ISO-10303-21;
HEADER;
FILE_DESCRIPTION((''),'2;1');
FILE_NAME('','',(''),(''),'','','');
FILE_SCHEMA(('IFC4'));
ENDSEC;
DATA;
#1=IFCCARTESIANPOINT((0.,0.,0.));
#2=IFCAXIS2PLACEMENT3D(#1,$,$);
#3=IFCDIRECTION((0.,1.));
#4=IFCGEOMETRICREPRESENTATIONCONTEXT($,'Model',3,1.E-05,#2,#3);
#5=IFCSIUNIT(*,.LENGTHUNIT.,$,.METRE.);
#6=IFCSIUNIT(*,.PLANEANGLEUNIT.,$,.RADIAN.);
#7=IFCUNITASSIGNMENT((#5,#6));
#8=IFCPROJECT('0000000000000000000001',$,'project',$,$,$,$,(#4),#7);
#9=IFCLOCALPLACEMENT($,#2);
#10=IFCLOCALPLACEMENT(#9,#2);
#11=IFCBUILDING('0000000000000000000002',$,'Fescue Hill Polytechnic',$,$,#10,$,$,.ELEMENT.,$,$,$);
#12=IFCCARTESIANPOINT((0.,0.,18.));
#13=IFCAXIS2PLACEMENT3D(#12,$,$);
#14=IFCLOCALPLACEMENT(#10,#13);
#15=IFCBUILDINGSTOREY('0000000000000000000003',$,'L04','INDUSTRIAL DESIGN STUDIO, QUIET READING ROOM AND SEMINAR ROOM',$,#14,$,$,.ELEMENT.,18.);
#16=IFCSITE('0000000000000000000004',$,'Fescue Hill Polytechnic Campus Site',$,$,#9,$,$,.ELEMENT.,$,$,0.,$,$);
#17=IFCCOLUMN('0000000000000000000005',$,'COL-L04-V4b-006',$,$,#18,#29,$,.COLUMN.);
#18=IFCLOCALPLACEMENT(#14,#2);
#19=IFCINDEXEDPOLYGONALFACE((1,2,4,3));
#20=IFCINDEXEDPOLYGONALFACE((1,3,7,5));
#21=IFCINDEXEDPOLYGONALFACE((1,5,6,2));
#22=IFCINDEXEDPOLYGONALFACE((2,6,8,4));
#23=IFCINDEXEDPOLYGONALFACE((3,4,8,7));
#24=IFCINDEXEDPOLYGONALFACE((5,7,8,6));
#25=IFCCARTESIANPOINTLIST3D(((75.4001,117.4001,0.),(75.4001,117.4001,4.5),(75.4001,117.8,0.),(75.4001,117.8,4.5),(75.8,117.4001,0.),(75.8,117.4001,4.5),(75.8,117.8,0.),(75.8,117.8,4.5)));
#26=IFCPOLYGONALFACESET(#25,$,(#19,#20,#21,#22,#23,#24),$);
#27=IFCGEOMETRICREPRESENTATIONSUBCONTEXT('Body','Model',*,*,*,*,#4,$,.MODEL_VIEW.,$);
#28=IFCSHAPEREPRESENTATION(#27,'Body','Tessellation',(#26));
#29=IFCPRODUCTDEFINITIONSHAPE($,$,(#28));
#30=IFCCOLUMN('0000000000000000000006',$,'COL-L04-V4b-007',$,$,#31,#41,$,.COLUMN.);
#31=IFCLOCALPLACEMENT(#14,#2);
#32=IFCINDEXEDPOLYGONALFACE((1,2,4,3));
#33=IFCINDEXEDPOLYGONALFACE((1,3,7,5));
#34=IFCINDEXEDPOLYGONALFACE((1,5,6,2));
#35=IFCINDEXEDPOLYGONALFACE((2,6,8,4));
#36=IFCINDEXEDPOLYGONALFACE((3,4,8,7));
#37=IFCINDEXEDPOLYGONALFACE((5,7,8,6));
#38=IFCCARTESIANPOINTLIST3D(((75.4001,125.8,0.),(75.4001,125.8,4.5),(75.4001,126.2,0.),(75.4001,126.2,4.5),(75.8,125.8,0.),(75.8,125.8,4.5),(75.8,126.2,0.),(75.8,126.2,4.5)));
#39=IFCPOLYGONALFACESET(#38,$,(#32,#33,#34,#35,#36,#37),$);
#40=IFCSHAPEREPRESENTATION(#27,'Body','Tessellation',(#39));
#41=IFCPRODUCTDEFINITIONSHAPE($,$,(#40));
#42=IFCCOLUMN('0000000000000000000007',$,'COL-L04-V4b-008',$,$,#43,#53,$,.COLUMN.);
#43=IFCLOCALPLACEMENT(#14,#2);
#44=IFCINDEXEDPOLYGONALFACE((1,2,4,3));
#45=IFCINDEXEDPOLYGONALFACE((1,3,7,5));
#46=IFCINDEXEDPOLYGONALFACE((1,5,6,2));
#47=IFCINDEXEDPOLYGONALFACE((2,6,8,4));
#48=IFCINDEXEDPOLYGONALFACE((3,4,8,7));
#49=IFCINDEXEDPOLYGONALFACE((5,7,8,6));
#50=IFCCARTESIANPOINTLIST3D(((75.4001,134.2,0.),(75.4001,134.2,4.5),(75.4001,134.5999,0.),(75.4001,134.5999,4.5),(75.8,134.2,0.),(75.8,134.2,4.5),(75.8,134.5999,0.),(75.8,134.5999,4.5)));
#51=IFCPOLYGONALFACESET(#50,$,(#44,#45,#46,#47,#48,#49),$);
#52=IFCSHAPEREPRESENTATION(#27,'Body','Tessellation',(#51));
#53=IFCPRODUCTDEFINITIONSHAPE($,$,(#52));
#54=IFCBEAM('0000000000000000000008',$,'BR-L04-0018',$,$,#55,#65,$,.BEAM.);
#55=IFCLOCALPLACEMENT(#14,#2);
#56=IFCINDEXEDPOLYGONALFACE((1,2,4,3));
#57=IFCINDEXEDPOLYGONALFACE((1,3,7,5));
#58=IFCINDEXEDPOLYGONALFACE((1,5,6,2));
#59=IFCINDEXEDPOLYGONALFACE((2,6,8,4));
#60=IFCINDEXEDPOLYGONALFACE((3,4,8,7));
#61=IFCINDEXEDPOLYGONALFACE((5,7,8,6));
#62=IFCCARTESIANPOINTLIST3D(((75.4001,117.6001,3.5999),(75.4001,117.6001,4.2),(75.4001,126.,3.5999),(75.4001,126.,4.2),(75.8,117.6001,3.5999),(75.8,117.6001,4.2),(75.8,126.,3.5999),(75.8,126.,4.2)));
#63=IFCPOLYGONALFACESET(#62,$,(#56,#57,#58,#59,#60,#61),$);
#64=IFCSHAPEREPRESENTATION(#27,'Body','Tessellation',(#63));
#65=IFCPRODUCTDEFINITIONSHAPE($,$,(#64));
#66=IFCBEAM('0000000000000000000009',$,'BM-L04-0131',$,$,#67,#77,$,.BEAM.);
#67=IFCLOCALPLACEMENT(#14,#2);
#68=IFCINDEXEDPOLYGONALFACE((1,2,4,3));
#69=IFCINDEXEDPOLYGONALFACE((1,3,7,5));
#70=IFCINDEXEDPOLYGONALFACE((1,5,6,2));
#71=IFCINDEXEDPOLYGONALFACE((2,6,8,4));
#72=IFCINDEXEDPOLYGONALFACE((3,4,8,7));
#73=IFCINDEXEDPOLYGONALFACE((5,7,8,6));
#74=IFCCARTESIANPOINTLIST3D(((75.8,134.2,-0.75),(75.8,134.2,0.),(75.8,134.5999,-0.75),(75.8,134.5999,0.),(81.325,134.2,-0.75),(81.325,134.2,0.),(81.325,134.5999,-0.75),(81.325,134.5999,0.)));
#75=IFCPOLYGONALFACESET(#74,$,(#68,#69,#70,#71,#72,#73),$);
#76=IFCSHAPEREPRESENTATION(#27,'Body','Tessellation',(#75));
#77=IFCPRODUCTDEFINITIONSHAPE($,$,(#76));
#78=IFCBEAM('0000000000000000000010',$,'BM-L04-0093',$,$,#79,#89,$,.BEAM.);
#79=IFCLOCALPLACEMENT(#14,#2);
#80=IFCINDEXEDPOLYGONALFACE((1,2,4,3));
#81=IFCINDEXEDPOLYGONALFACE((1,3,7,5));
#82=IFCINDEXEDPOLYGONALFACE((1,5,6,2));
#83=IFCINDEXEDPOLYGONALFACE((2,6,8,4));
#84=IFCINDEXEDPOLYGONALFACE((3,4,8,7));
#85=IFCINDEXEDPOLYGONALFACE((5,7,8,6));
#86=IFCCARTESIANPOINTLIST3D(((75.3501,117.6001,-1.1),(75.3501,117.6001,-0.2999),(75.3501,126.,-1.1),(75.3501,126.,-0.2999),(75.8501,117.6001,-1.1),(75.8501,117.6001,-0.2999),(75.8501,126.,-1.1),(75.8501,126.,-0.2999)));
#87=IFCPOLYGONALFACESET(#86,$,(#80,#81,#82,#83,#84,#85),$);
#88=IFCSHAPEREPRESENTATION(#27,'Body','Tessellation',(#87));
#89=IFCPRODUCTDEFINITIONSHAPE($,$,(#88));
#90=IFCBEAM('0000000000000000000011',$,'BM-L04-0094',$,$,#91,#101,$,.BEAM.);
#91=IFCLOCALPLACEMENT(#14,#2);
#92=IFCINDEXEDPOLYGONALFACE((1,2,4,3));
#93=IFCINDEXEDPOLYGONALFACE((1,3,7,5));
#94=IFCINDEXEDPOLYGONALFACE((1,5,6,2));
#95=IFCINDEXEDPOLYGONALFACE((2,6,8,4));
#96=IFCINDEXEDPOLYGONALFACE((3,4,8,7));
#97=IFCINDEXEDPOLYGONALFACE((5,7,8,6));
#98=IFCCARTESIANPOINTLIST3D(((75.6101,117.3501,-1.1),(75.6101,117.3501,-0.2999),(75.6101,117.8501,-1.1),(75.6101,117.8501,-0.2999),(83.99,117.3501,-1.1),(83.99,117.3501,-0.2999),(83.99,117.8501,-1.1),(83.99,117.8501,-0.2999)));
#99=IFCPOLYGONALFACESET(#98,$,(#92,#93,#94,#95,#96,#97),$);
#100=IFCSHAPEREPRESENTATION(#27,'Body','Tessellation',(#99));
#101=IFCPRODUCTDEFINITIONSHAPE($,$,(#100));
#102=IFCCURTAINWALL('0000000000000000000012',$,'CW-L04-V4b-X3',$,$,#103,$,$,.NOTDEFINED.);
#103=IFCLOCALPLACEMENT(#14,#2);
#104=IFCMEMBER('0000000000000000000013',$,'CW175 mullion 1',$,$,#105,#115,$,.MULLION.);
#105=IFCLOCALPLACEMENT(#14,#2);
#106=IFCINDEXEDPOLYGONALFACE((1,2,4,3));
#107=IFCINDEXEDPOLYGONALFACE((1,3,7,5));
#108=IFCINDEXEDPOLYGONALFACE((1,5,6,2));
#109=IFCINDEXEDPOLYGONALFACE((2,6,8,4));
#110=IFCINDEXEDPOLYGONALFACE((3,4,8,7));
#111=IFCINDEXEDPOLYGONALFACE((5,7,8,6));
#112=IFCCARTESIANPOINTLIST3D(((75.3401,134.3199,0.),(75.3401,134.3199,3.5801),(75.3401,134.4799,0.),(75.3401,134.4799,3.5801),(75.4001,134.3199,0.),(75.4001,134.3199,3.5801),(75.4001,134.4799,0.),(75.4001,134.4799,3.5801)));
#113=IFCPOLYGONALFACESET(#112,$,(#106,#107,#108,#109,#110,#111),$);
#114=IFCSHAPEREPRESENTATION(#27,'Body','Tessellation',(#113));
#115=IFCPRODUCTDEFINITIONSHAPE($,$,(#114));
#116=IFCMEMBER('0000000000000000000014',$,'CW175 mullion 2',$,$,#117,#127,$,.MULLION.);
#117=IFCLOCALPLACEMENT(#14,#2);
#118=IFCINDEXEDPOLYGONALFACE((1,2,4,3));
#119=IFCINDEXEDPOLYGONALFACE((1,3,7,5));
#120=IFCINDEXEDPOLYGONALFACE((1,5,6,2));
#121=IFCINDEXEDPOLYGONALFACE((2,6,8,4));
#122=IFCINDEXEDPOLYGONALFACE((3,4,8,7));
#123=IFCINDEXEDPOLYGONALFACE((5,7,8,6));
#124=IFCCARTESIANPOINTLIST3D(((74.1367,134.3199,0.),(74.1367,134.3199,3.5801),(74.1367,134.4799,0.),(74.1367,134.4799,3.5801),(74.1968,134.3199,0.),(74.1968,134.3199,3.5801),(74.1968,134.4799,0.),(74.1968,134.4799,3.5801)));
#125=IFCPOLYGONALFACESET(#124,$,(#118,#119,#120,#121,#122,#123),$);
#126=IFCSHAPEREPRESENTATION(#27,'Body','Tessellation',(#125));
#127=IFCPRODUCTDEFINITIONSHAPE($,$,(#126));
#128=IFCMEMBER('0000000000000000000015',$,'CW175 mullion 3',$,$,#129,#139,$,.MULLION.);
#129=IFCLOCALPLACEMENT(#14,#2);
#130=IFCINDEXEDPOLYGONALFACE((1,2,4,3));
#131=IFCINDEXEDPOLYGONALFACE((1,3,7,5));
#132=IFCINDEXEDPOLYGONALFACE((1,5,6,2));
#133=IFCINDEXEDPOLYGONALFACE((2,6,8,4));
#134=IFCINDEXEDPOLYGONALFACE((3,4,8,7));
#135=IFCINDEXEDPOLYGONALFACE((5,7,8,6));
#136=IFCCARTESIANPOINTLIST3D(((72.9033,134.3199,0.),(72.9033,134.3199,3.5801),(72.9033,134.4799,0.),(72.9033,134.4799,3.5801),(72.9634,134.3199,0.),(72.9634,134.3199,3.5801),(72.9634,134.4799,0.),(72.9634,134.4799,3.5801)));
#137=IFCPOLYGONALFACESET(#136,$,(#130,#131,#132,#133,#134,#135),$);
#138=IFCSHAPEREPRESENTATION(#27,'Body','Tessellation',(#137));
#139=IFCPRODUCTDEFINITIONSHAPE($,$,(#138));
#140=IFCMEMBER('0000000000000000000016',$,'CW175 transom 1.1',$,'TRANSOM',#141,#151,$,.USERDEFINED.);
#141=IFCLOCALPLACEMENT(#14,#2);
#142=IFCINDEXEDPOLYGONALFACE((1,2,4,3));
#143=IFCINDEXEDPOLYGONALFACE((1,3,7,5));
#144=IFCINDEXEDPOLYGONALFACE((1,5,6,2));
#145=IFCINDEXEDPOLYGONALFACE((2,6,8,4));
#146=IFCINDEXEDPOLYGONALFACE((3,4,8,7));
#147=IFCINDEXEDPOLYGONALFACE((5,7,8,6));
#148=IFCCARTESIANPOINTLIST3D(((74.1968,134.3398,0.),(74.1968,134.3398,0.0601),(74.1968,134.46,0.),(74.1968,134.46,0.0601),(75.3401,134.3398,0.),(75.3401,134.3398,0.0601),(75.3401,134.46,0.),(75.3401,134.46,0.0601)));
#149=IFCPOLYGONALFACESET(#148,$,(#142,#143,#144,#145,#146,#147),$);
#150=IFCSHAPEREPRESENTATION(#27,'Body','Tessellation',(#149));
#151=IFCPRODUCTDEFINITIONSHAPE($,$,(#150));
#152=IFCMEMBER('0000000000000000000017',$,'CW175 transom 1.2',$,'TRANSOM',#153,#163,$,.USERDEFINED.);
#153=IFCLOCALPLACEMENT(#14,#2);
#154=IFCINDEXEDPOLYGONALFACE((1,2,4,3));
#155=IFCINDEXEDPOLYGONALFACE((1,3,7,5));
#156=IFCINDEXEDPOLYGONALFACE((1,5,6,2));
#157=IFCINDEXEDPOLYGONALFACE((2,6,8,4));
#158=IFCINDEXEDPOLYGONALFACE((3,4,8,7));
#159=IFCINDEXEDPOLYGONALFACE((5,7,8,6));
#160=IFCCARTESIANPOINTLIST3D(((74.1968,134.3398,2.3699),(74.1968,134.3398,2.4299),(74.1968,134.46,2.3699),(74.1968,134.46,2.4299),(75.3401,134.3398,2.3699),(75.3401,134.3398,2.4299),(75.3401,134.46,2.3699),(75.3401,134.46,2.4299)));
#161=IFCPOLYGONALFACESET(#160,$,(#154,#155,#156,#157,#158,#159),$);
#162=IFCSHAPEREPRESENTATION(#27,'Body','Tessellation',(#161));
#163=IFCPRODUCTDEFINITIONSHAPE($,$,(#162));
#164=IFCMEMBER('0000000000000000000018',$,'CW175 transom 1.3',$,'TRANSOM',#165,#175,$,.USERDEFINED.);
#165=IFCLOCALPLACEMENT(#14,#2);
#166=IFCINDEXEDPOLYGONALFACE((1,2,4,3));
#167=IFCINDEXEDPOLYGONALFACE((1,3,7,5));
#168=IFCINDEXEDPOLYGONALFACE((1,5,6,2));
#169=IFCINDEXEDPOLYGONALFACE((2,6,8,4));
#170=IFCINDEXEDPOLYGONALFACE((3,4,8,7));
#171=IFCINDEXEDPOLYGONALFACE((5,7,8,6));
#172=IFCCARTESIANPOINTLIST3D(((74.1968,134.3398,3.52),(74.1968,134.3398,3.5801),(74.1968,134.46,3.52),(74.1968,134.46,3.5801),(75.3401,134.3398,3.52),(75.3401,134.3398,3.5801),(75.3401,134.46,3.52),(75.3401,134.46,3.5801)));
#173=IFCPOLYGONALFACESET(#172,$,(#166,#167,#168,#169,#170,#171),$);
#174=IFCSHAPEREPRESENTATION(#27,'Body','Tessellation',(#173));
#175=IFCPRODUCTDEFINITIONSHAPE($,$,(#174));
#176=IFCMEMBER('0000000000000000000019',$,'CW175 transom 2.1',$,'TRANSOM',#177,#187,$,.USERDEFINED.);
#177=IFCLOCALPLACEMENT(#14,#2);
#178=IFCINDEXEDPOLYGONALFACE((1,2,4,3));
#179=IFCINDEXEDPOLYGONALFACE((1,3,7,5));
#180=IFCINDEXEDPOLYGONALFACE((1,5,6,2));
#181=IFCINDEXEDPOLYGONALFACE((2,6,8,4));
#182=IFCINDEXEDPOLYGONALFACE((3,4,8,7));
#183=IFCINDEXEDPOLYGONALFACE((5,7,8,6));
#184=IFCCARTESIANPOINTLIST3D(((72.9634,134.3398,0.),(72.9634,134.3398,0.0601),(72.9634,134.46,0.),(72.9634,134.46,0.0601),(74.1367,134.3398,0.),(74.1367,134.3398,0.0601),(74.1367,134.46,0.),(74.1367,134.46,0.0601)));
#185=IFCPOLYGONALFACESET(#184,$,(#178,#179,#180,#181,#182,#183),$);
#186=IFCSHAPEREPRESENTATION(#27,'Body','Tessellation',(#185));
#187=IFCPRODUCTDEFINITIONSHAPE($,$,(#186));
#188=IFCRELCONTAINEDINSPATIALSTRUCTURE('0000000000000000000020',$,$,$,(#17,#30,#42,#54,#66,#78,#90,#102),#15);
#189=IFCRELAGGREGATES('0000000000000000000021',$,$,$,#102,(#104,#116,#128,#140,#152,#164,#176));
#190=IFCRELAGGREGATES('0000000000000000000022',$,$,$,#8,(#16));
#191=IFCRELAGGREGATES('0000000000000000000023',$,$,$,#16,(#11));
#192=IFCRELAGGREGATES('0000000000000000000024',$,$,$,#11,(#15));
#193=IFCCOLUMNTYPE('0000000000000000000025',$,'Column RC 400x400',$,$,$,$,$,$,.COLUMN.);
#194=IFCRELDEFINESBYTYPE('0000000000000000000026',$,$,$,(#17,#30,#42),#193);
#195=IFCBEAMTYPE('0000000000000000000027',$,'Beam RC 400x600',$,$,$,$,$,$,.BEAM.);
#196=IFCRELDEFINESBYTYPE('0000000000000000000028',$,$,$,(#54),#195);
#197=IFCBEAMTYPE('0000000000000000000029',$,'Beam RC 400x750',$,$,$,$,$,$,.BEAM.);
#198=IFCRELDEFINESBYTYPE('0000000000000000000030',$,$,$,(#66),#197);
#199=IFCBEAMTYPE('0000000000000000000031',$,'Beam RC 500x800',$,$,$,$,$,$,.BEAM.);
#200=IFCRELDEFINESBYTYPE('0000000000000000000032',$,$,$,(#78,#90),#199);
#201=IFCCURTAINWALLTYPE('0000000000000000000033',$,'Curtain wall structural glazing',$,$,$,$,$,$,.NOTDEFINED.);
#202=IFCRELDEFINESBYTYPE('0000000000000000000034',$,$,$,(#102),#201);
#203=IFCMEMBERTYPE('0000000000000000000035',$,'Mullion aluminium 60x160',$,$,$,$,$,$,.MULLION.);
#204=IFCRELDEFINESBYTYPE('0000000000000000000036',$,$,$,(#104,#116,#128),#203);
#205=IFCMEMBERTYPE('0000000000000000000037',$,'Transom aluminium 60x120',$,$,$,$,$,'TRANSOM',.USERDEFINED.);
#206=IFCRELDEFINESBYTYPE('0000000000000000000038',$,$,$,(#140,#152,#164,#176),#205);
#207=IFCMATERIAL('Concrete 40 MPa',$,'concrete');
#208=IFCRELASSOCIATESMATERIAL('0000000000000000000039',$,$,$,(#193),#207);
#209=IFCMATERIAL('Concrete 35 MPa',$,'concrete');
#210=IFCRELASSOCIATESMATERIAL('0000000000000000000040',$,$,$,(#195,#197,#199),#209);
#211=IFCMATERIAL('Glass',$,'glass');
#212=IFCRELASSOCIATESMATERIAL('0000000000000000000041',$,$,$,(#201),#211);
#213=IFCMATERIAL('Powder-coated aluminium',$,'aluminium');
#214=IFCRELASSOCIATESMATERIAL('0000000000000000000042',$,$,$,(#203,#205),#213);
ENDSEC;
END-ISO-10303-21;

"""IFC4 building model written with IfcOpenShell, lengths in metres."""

from ifc_helpers import new_model, si_unit, direction, frame, origin, origin_2d, place, context, subcontext, project, spatial, rectangle, extrude, material, material_profile, profile_set, type_object, element, aggregate, save


model = new_model("IFC4")

# Units and contexts
model_context = context("Model", 3, precision=1e-05, world=origin(), true_north=direction((0.0, 1.0)))
body_context = subcontext(model_context, "Body", "Model", "MODEL_VIEW")
ifc_project = project(units=[si_unit("LENGTHUNIT", "METRE"), si_unit("PLANEANGLEUNIT", "RADIAN")], contexts=[model_context])

# Site, building, storey
site_placement = place(None, origin())
site = spatial("IfcSite", under=ifc_project, at=site_placement, Name="Fescue Hill Polytechnic Campus Site", CompositionType="ELEMENT", RefElevation=0.0)
building_placement = place(site_placement, origin())
building = spatial("IfcBuilding", under=site, at=building_placement, Name="Fescue Hill Polytechnic", CompositionType="ELEMENT")
storey_placement = place(building_placement, frame((0.0, 0.0, 18.0)))
storey = spatial("IfcBuildingStorey", under=building, at=storey_placement, Name="L04", Description="INDUSTRIAL DESIGN STUDIO, QUIET READING ROOM AND SEMINAR ROOM", CompositionType="ELEMENT", Elevation=18.0)

# Columns
ifc_material_1 = material(Name="Concrete 40 MPa", Category="concrete")
ifc_material_profile_1 = material_profile(ifc_material_1, rectangle(XDim=0.3999, YDim=0.3999, at=origin_2d()), Name="RC 400x400")
ifc_profile_set_1 = profile_set([ifc_material_profile_1], Name="Concrete 40 MPa")
column_type = type_object("IfcColumnType", Name="Column RC 400x400", PredefinedType="COLUMN", material=ifc_profile_set_1)
for number, where, z_axis, x_axis, name in (
    (1, (75.6001, 117.6001, 0.0), (0.0, 0.0, 1.0), (1.0, 0.0, 0.0), "COL-L04-V4b-006"),
    (2, (75.6001, 126.0, 0.0), (0.0, 0.0, 1.0), (1.0, 0.0, 0.0), "COL-L04-V4b-007"),
    (3, (75.6001, 134.3999, 0.0), (0.0, 0.0, 1.0), (1.0, 0.0, 0.0), "COL-L04-V4b-008"),
):
    element("IfcColumn", number, at=place(storey_placement, frame(where, z_axis=z_axis, x_axis=x_axis)), inside=storey, type_object=column_type, Name=name, PredefinedType="COLUMN", context=body_context, shape_type="SweptSolid", body=[
        extrude(rectangle(XDim=0.3999, YDim=0.3999, at=origin_2d()), origin(), (0.0, 0.0, 1.0), 4.5),
    ])

# Beams
ifc_material_2 = material(Name="Concrete 35 MPa", Category="concrete")
ifc_material_profile_2 = material_profile(ifc_material_2, rectangle(XDim=0.3999, YDim=0.6001, at=origin_2d()), Name="RC 400x600")
ifc_profile_set_2 = profile_set([ifc_material_profile_2], Name="Concrete 35 MPa")
beam_type_1 = type_object("IfcBeamType", Name="Beam RC 400x600", PredefinedType="BEAM", material=ifc_profile_set_2)
beam_1_placement = place(storey_placement, frame((75.6001, 117.6001, 3.8999), z_axis=(0.0, 1.0, 0.0), x_axis=(-1.0, 0.0, 0.0)))
element("IfcBeam", 4, at=beam_1_placement, inside=storey, type_object=beam_type_1, Name="BR-L04-0018", PredefinedType="BEAM", context=body_context, shape_type="SweptSolid", body=[
    extrude(rectangle(XDim=0.3999, YDim=0.6001, at=origin_2d()), origin(), (0.0, 0.0, 1.0), 8.3999),
])
ifc_material_profile_3 = material_profile(ifc_material_2, rectangle(XDim=0.3999, YDim=0.75, at=origin_2d()), Name="RC 400x750")
ifc_profile_set_3 = profile_set([ifc_material_profile_3], Name="Concrete 35 MPa")
beam_type_2 = type_object("IfcBeamType", Name="Beam RC 400x750", PredefinedType="BEAM", material=ifc_profile_set_3)
beam_2_placement = place(storey_placement, frame((75.8, 134.3999, -0.375), z_axis=(1.0, 0.0, 0.0), x_axis=(0.0, 1.0, 0.0)))
element("IfcBeam", 5, at=beam_2_placement, inside=storey, type_object=beam_type_2, Name="BM-L04-0131", PredefinedType="BEAM", context=body_context, shape_type="SweptSolid", body=[
    extrude(rectangle(XDim=0.3999, YDim=0.75, at=origin_2d()), origin(), (0.0, 0.0, 1.0), 5.5249),
])
ifc_material_profile_4 = material_profile(ifc_material_2, rectangle(XDim=0.5, YDim=0.8, at=origin_2d()), Name="RC 500x800")
ifc_profile_set_4 = profile_set([ifc_material_profile_4], Name="Concrete 35 MPa")
beam_type_3 = type_object("IfcBeamType", Name="Beam RC 500x800", PredefinedType="BEAM", material=ifc_profile_set_4)
beam_3_placement = place(storey_placement, frame((75.6001, 117.6001, -0.7), z_axis=(0.0, 1.0, 0.0), x_axis=(-1.0, 0.0, 0.0)))
element("IfcBeam", 6, at=beam_3_placement, inside=storey, type_object=beam_type_3, Name="BM-L04-0093", PredefinedType="BEAM", context=body_context, shape_type="SweptSolid", body=[
    extrude(rectangle(XDim=0.5, YDim=0.8, at=origin_2d()), origin(), (0.0, 0.0, 1.0), 8.3999),
])
beam_4_placement = place(storey_placement, frame((75.6101, 117.6001, -0.7), z_axis=(1.0, 0.0, 0.0), x_axis=(0.0, 1.0, 0.0)))
element("IfcBeam", 7, at=beam_4_placement, inside=storey, type_object=beam_type_3, Name="BM-L04-0094", PredefinedType="BEAM", context=body_context, shape_type="SweptSolid", body=[
    extrude(rectangle(XDim=0.5, YDim=0.8, at=origin_2d()), origin(), (0.0, 0.0, 1.0), 8.3799),
])

# Curtain wall, members
ifc_material_3 = material(Name="Glass", Category="glass")
curtain_wall_type = type_object("IfcCurtainWallType", Name="Curtain wall structural glazing", PredefinedType="NOTDEFINED", material=ifc_material_3)
curtain_wall_placement = place(storey_placement, origin())
curtain_wall = element("IfcCurtainWall", 8, at=curtain_wall_placement, inside=storey, type_object=curtain_wall_type, Name="CW-L04-V4b-X3", PredefinedType="NOTDEFINED")
ifc_material_4 = material(Name="Powder-coated aluminium", Category="aluminium")
ifc_material_profile_5 = material_profile(ifc_material_4, rectangle(XDim=0.1599, YDim=0.0601, at=origin_2d()), Name="Mullion aluminium 60x160")
ifc_profile_set_5 = profile_set([ifc_material_profile_5], Name="Powder-coated aluminium")
member_type_1 = type_object("IfcMemberType", Name="Mullion aluminium 60x160", PredefinedType="MULLION", material=ifc_profile_set_5)
member_1_placement = place(storey_placement, frame((75.3701, 134.3999, 0.0), z_axis=(0.0, 0.0, 1.0), x_axis=(0.0, -1.0, 0.0)))
member_1 = element("IfcMember", 9, at=member_1_placement, type_object=member_type_1, Name="CW175 mullion 1", PredefinedType="MULLION", context=body_context, shape_type="SweptSolid", body=[
    extrude(rectangle(XDim=0.1599, YDim=0.0601, at=origin_2d()), origin(), (0.0, 0.0, 1.0), 3.5801),
])
member_2_placement = place(storey_placement, frame((74.1667, 134.3999, 0.0), z_axis=(0.0, 0.0, 1.0), x_axis=(0.0, -1.0, 0.0)))
member_2 = element("IfcMember", 10, at=member_2_placement, type_object=member_type_1, Name="CW175 mullion 2", PredefinedType="MULLION", context=body_context, shape_type="SweptSolid", body=[
    extrude(rectangle(XDim=0.1599, YDim=0.0601, at=origin_2d()), origin(), (0.0, 0.0, 1.0), 3.5801),
])
member_3_placement = place(storey_placement, frame((72.9333, 134.3999, 0.0), z_axis=(0.0, 0.0, 1.0), x_axis=(0.0, -1.0, 0.0)))
member_3 = element("IfcMember", 11, at=member_3_placement, type_object=member_type_1, Name="CW175 mullion 3", PredefinedType="MULLION", context=body_context, shape_type="SweptSolid", body=[
    extrude(rectangle(XDim=0.1599, YDim=0.0601, at=origin_2d()), origin(), (0.0, 0.0, 1.0), 3.5801),
])
ifc_material_profile_6 = material_profile(ifc_material_4, rectangle(XDim=0.1201, YDim=0.0601, at=origin_2d()), Name="Transom aluminium 60x120")
ifc_profile_set_6 = profile_set([ifc_material_profile_6], Name="Powder-coated aluminium")
member_type_2 = type_object("IfcMemberType", Name="Transom aluminium 60x120", ElementType="TRANSOM", PredefinedType="USERDEFINED", material=ifc_profile_set_6)
member_4_placement = place(storey_placement, frame((75.3401, 134.3999, 0.03), z_axis=(-1.0, 0.0, 0.0), x_axis=(0.0, -1.0, 0.0)))
member_4 = element("IfcMember", 12, at=member_4_placement, type_object=member_type_2, Name="CW175 transom 1.1", ObjectType="TRANSOM", PredefinedType="USERDEFINED", context=body_context, shape_type="SweptSolid", body=[
    extrude(rectangle(XDim=0.1201, YDim=0.0601, at=origin_2d()), origin(), (0.0, 0.0, 1.0), 1.1433),
])
member_5_placement = place(storey_placement, frame((75.3401, 134.3999, 2.3999), z_axis=(-1.0, 0.0, 0.0), x_axis=(0.0, -1.0, 0.0)))
member_5 = element("IfcMember", 13, at=member_5_placement, type_object=member_type_2, Name="CW175 transom 1.2", ObjectType="TRANSOM", PredefinedType="USERDEFINED", context=body_context, shape_type="SweptSolid", body=[
    extrude(rectangle(XDim=0.1201, YDim=0.0601, at=origin_2d()), origin(), (0.0, 0.0, 1.0), 1.1433),
])
member_6_placement = place(storey_placement, frame((75.3401, 134.3999, 3.55), z_axis=(-1.0, 0.0, 0.0), x_axis=(0.0, -1.0, 0.0)))
member_6 = element("IfcMember", 14, at=member_6_placement, type_object=member_type_2, Name="CW175 transom 1.3", ObjectType="TRANSOM", PredefinedType="USERDEFINED", context=body_context, shape_type="SweptSolid", body=[
    extrude(rectangle(XDim=0.1201, YDim=0.0601, at=origin_2d()), origin(), (0.0, 0.0, 1.0), 1.1433),
])
member_7_placement = place(storey_placement, frame((74.1367, 134.3999, 0.03), z_axis=(-1.0, 0.0, 0.0), x_axis=(0.0, -1.0, 0.0)))
member_7 = element("IfcMember", 15, at=member_7_placement, type_object=member_type_2, Name="CW175 transom 2.1", ObjectType="TRANSOM", PredefinedType="USERDEFINED", context=body_context, shape_type="SweptSolid", body=[
    extrude(rectangle(XDim=0.1201, YDim=0.0601, at=origin_2d()), origin(), (0.0, 0.0, 1.0), 1.1733),
])
aggregate(curtain_wall, [member_1, member_2, member_3, member_4, member_5, member_6, member_7])

save(model, "model.ifc")
